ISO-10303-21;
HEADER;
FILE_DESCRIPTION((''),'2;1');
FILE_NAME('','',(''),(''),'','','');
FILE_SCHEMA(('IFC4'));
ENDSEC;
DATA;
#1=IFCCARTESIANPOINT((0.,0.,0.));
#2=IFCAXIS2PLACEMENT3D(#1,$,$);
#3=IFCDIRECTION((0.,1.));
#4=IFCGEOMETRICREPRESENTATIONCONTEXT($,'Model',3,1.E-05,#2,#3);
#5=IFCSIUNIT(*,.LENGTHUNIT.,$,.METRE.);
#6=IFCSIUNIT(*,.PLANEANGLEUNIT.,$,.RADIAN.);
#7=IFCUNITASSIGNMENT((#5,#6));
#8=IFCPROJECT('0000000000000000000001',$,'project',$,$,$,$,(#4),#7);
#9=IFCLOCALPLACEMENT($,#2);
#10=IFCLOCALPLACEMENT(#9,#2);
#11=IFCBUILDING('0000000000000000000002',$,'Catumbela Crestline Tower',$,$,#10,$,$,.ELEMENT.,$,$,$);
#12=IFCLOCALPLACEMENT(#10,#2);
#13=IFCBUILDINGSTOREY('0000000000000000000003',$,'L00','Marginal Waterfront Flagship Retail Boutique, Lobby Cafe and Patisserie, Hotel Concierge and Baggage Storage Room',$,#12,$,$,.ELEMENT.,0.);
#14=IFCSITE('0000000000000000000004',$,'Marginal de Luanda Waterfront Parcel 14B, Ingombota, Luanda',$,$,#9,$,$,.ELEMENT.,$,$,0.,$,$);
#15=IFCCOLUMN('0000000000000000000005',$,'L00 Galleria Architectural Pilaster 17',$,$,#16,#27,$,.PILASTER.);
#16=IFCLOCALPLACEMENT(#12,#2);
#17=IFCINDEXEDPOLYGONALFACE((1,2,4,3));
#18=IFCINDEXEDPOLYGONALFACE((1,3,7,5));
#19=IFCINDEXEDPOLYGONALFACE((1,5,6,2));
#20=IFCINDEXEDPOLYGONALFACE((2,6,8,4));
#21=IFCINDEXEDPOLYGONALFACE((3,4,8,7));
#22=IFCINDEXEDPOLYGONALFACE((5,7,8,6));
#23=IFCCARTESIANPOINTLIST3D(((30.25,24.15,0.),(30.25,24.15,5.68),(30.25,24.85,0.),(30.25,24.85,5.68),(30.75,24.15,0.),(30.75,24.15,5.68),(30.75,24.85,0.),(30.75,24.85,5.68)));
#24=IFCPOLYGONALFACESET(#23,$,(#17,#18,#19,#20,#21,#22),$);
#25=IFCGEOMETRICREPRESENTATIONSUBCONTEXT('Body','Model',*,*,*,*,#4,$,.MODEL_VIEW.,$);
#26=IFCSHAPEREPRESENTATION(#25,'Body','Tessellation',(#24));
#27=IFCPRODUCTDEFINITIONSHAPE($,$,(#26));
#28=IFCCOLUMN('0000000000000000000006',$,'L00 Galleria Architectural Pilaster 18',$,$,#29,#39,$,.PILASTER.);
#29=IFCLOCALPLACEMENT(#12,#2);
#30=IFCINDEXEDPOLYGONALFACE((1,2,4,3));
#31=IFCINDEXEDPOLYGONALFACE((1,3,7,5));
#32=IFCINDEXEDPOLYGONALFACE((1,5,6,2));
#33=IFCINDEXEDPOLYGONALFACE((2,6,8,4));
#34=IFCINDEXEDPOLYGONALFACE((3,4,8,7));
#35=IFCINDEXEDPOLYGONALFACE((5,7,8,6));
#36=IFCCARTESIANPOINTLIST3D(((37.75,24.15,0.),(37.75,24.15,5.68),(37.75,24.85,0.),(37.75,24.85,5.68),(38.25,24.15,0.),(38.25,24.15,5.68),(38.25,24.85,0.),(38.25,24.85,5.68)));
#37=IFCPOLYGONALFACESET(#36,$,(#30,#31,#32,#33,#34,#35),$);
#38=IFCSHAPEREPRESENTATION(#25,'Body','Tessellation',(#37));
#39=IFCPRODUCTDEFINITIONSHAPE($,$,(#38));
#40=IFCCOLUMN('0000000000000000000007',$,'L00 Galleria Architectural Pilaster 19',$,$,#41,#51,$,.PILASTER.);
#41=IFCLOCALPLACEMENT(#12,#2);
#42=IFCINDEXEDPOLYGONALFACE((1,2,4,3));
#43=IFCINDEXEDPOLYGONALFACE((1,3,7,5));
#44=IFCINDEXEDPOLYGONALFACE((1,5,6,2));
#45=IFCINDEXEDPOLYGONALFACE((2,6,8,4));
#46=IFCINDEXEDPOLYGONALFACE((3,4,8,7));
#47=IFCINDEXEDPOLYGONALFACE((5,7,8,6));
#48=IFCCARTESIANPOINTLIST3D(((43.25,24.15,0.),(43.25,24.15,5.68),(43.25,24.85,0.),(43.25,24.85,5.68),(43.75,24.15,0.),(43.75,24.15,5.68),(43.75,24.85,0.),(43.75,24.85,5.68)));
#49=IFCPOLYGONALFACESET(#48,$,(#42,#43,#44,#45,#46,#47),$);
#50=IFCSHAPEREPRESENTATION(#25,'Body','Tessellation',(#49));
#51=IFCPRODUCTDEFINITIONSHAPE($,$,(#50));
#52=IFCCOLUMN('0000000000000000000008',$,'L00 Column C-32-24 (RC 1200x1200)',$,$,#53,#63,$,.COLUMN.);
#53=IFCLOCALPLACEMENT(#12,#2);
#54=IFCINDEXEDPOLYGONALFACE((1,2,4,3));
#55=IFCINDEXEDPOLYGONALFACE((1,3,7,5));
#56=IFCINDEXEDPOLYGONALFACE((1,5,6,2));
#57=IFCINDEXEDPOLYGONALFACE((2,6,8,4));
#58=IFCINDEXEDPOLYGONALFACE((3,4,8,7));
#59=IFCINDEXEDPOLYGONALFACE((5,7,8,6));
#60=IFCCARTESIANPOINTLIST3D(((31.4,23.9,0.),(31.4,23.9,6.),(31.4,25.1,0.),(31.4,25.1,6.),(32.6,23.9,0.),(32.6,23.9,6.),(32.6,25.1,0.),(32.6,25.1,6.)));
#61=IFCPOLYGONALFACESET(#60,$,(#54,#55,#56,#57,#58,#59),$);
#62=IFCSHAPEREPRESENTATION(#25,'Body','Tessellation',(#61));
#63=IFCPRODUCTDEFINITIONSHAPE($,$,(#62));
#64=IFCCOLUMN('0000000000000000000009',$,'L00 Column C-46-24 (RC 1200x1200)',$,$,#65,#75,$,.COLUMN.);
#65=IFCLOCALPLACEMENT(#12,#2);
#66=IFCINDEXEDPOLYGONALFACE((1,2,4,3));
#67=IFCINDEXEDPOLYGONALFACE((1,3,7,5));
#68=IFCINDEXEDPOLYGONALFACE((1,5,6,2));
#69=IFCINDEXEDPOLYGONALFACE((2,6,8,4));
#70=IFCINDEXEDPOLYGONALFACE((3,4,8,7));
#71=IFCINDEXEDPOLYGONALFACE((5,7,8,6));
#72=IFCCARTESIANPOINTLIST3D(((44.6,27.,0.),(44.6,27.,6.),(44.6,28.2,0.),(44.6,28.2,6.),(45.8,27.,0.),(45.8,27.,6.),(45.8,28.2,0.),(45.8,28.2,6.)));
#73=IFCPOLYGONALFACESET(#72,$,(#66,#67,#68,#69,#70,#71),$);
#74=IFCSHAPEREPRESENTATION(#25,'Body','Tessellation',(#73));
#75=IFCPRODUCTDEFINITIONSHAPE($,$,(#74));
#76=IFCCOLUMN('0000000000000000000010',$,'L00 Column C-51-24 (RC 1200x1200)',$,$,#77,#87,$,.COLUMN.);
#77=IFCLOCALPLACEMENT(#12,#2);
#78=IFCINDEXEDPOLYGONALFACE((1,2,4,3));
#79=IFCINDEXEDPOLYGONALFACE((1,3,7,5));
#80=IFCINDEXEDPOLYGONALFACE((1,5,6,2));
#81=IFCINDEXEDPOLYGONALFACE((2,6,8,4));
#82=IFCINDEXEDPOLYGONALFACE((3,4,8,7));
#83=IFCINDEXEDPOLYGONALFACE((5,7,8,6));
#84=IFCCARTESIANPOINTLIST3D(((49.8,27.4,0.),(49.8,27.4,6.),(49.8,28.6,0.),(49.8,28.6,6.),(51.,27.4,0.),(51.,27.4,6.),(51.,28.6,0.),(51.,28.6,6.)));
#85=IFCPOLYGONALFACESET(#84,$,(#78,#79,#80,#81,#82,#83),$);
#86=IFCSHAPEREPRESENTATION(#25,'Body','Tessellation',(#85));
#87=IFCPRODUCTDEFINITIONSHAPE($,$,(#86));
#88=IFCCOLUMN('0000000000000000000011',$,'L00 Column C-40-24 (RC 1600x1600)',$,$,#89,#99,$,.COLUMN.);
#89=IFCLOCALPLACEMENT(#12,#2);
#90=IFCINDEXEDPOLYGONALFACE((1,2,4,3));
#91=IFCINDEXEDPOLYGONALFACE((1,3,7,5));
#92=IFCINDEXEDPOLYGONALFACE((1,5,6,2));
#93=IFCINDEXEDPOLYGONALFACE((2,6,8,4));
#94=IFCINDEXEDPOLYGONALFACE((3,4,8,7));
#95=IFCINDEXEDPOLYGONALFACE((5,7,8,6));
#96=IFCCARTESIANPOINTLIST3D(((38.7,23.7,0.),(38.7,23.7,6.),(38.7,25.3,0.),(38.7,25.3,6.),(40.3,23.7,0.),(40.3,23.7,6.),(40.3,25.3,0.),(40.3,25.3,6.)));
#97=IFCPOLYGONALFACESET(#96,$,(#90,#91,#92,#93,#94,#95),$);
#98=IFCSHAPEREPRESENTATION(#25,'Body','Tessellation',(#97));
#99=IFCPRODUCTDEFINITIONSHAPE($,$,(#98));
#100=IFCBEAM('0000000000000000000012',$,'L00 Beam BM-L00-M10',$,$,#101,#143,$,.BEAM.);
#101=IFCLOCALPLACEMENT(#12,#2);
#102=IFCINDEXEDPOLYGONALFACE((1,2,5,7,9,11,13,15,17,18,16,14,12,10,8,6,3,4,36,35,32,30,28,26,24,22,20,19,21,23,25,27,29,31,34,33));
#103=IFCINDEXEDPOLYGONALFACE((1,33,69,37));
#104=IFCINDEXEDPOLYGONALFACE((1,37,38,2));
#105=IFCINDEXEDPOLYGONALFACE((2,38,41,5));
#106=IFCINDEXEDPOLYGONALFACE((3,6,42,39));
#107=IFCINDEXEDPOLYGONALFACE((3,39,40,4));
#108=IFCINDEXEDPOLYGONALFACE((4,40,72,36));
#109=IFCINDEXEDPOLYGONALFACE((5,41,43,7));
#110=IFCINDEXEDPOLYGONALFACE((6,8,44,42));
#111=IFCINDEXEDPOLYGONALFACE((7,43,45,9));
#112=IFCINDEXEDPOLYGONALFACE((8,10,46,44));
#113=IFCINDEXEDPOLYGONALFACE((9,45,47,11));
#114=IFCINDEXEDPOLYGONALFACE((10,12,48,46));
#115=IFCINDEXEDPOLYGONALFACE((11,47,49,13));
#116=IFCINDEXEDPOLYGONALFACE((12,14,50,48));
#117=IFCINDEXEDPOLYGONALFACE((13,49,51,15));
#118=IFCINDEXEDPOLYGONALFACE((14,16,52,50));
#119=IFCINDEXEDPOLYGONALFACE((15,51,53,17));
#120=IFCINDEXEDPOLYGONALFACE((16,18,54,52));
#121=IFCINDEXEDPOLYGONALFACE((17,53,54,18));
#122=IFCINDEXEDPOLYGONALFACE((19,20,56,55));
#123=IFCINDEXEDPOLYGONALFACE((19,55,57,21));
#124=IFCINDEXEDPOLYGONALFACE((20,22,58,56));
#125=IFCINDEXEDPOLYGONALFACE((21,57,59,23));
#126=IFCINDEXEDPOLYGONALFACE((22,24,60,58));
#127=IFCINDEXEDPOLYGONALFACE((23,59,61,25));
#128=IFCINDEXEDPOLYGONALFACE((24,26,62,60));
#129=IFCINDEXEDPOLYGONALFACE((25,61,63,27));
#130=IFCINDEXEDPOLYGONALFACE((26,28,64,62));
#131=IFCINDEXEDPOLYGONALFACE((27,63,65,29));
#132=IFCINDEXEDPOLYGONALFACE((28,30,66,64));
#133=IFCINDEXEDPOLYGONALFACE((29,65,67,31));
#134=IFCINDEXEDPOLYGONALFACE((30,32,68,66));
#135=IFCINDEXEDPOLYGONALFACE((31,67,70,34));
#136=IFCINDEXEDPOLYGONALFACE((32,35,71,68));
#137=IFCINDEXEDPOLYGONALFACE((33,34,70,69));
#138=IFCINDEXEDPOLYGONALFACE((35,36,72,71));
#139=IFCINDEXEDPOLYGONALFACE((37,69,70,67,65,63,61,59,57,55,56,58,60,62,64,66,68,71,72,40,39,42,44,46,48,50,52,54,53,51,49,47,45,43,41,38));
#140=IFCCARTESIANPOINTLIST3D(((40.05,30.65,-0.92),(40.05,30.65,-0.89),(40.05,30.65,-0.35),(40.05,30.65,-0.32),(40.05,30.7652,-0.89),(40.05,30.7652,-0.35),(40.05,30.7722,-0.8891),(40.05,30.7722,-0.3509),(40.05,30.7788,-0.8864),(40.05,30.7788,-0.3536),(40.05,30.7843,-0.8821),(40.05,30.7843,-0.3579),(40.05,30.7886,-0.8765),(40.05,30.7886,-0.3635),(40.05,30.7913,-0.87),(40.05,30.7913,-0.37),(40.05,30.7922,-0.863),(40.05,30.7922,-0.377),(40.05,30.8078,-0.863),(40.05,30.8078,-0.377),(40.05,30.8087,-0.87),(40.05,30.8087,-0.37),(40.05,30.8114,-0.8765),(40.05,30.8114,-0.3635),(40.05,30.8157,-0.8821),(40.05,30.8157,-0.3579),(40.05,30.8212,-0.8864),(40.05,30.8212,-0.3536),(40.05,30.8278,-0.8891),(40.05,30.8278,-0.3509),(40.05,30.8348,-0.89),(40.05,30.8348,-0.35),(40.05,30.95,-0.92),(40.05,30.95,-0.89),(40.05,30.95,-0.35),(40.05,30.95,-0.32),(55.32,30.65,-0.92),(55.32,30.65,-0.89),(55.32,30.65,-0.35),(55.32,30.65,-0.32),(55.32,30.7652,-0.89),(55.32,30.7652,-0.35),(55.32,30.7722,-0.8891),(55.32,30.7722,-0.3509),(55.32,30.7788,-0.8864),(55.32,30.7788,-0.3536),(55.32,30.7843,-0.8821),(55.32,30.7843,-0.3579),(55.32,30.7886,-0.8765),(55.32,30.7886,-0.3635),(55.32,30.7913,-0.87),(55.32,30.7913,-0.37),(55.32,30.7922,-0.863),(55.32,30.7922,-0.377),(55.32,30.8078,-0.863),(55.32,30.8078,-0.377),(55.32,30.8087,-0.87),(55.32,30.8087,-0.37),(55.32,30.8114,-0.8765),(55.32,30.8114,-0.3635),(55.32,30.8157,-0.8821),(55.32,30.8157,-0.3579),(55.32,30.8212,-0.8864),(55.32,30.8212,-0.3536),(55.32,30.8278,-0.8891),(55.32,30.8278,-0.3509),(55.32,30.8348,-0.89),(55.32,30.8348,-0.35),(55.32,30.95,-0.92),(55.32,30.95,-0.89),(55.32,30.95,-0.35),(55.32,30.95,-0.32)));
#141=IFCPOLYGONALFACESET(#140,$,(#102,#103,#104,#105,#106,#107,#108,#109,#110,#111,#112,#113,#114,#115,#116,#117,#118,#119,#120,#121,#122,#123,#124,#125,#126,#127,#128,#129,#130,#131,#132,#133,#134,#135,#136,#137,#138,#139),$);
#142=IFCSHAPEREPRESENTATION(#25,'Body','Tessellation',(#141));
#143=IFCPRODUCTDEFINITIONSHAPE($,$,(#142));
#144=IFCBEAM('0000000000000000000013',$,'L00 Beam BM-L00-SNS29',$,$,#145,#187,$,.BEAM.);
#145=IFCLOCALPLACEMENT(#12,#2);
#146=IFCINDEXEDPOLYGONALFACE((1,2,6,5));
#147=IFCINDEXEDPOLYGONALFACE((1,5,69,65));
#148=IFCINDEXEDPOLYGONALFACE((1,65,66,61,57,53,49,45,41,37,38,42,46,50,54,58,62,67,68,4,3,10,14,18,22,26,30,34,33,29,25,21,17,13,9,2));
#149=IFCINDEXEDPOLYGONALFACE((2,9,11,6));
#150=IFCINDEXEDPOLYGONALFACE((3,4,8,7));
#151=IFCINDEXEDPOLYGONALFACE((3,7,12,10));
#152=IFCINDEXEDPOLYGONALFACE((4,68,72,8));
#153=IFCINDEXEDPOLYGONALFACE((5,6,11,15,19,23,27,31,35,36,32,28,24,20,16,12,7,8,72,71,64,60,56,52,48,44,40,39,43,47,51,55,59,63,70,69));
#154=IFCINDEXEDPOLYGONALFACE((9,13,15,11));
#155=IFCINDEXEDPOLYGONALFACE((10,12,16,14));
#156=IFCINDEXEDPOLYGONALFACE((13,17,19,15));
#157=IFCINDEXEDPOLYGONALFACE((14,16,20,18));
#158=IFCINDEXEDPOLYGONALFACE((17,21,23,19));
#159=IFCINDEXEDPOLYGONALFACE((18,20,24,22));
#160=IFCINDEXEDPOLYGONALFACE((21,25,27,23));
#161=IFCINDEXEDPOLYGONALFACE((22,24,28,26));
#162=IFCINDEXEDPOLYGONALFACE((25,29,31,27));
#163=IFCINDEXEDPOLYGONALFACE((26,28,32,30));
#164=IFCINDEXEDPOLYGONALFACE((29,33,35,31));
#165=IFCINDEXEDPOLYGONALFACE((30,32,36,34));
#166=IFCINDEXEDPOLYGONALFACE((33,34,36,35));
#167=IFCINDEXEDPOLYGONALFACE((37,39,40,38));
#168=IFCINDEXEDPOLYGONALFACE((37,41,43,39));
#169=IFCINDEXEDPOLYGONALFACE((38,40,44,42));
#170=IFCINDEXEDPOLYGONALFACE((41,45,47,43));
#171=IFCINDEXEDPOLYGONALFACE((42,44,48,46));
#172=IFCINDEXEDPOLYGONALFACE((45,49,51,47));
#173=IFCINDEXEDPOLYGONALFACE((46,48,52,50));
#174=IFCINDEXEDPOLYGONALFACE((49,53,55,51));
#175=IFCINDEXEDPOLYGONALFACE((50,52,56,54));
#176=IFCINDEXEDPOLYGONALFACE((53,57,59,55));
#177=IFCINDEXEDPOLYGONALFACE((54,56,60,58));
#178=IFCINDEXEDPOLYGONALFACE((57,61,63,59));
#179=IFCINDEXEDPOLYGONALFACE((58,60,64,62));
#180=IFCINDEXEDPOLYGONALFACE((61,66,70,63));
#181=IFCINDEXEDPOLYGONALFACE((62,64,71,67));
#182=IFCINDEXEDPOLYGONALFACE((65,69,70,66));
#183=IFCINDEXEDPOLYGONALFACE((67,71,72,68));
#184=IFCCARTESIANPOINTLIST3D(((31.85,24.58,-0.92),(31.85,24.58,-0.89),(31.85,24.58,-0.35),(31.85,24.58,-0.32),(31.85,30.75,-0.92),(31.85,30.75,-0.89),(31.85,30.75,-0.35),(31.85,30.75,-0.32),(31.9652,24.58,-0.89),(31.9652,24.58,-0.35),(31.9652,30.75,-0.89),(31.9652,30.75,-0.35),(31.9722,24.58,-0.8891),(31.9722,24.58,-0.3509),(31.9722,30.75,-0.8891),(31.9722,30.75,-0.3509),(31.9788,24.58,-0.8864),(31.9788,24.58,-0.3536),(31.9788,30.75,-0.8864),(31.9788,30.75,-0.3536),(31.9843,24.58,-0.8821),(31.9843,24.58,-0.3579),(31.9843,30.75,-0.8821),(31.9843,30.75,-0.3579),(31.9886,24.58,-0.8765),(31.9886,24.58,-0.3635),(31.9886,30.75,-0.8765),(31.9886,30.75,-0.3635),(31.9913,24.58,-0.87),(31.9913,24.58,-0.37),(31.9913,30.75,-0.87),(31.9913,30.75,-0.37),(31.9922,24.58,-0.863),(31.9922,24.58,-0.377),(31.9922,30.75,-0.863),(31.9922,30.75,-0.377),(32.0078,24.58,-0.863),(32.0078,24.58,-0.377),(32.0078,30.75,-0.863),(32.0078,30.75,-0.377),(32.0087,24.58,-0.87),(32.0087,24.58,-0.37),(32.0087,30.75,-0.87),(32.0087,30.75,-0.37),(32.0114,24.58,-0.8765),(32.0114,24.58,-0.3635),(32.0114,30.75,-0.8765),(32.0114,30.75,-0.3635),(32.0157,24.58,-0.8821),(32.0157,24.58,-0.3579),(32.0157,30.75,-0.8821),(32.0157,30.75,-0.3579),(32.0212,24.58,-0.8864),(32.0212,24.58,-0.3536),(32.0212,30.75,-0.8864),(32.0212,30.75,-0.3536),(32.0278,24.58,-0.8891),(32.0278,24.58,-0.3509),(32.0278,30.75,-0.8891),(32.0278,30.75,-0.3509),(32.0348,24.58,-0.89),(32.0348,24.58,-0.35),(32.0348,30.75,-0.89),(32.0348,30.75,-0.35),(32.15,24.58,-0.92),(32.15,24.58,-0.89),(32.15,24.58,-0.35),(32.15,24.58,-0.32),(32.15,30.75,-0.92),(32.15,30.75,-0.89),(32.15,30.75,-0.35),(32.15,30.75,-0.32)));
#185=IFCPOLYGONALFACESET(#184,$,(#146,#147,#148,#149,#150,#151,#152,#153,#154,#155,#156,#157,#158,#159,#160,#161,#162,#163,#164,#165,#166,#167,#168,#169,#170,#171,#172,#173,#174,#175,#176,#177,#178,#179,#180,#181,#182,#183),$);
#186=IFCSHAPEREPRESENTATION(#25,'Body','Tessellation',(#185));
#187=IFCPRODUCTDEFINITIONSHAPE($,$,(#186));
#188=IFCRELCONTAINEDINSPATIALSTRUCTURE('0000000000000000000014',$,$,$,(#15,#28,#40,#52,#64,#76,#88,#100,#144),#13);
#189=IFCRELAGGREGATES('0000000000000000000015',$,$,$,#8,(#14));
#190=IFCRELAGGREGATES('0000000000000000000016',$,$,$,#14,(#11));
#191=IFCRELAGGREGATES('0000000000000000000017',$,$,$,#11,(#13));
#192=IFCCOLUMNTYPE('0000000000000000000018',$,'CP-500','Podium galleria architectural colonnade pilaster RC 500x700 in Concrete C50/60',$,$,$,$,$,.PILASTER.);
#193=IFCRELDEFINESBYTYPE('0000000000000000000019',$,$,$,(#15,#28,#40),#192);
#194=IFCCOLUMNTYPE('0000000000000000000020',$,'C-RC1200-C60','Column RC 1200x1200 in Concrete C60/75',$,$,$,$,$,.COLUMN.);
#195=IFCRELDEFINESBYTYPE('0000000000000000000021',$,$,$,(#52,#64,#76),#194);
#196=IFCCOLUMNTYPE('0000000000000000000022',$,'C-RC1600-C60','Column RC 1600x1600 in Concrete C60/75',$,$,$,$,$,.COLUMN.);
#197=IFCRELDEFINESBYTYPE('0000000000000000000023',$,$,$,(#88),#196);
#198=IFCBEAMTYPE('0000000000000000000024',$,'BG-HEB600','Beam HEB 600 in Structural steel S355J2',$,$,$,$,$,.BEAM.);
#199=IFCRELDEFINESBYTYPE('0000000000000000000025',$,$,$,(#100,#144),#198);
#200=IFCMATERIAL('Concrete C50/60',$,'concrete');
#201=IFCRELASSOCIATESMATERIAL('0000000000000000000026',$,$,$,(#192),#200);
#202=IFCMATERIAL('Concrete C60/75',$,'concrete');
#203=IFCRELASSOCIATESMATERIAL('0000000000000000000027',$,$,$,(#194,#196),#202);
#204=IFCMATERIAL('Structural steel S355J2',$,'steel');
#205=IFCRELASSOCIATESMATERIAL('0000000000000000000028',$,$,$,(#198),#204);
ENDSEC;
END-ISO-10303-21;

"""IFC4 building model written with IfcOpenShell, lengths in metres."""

from ifc_helpers import new_model, si_unit, direction, frame, origin, origin_2d, place, context, subcontext, project, spatial, rectangle, i_section, extrude, material, material_profile, profile_set, type_object, element, save


model = new_model("IFC4")

# Units and contexts
model_context = context("Model", 3, precision=1e-05, world=origin(), true_north=direction((0.0, 1.0)))
body_context = subcontext(model_context, "Body", "Model", "MODEL_VIEW")
ifc_project = project(units=[si_unit("LENGTHUNIT", "METRE"), si_unit("PLANEANGLEUNIT", "RADIAN")], contexts=[model_context])

# Site, building, storey
site_placement = place(None, origin())
site = spatial("IfcSite", under=ifc_project, at=site_placement, Name="Marginal de Luanda Waterfront Parcel 14B, Ingombota, Luanda", CompositionType="ELEMENT", RefElevation=0.0)
building_placement = place(site_placement, origin())
building = spatial("IfcBuilding", under=site, at=building_placement, Name="Catumbela Crestline Tower", CompositionType="ELEMENT")
storey_placement = place(building_placement, origin())
storey = spatial("IfcBuildingStorey", under=building, at=storey_placement, Name="L00", Description="Marginal Waterfront Flagship Retail Boutique, Lobby Cafe and Patisserie, Hotel Concierge and Baggage Storage Room", CompositionType="ELEMENT", Elevation=0.0)

# Columns
ifc_material_1 = material(Name="Concrete C50/60", Category="concrete")
ifc_material_profile_1 = material_profile(ifc_material_1, rectangle(XDim=0.5, YDim=0.7, at=origin_2d()), Name="RC 500x700")
ifc_profile_set_1 = profile_set([ifc_material_profile_1], Name="Concrete C50/60")
column_type_1 = type_object("IfcColumnType", Name="CP-500", Description="Podium galleria architectural colonnade pilaster RC 500x700 in Concrete C50/60", PredefinedType="PILASTER", material=ifc_profile_set_1)
for number, where, z_axis, x_axis, name in (
    (1, (30.5, 24.5, 0.0), (0.0, 0.0, 1.0), (1.0, 0.0, 0.0), "L00 Galleria Architectural Pilaster 17"),
    (2, (38.0, 24.5, 0.0), (0.0, 0.0, 1.0), (1.0, 0.0, 0.0), "L00 Galleria Architectural Pilaster 18"),
    (3, (43.5, 24.5, 0.0), (0.0, 0.0, 1.0), (1.0, 0.0, 0.0), "L00 Galleria Architectural Pilaster 19"),
):
    element("IfcColumn", number, at=place(storey_placement, frame(where, z_axis=z_axis, x_axis=x_axis)), inside=storey, type_object=column_type_1, Name=name, PredefinedType="PILASTER", context=body_context, shape_type="SweptSolid", body=[
        extrude(rectangle(XDim=0.5, YDim=0.7, at=origin_2d()), origin(), (0.0, 0.0, 1.0), 5.68),
    ])
ifc_material_2 = material(Name="Concrete C60/75", Category="concrete")
ifc_material_profile_2 = material_profile(ifc_material_2, rectangle(XDim=1.2, YDim=1.2, at=origin_2d()), Name="RC 1200x1200")
ifc_profile_set_2 = profile_set([ifc_material_profile_2], Name="Concrete C60/75")
column_type_2 = type_object("IfcColumnType", Name="C-RC1200-C60", Description="Column RC 1200x1200 in Concrete C60/75", PredefinedType="COLUMN", material=ifc_profile_set_2)
for number, where, z_axis, x_axis, name in (
    (4, (32.0, 24.5, 0.0), (0.0, 0.0, 1.0), (1.0, 0.0, 0.0), "L00 Column C-32-24 (RC 1200x1200)"),
    (5, (45.2, 27.6, 0.0), (0.0, 0.0, 1.0), (1.0, 0.0, 0.0), "L00 Column C-46-24 (RC 1200x1200)"),
    (6, (50.4, 28.0, 0.0), (0.0, 0.0, 1.0), (1.0, 0.0, 0.0), "L00 Column C-51-24 (RC 1200x1200)"),
):
    element("IfcColumn", number, at=place(storey_placement, frame(where, z_axis=z_axis, x_axis=x_axis)), inside=storey, type_object=column_type_2, Name=name, PredefinedType="COLUMN", context=body_context, shape_type="SweptSolid", body=[
        extrude(rectangle(XDim=1.2, YDim=1.2, at=origin_2d()), origin(), (0.0, 0.0, 1.0), 6.0),
    ])
ifc_material_profile_3 = material_profile(ifc_material_2, rectangle(XDim=1.6, YDim=1.6, at=origin_2d()), Name="RC 1600x1600")
ifc_profile_set_3 = profile_set([ifc_material_profile_3], Name="Concrete C60/75")
column_type_3 = type_object("IfcColumnType", Name="C-RC1600-C60", Description="Column RC 1600x1600 in Concrete C60/75", PredefinedType="COLUMN", material=ifc_profile_set_3)
column_placement = place(storey_placement, frame((39.5, 24.5, 0.0), z_axis=(0.0, 0.0, 1.0), x_axis=(1.0, 0.0, 0.0)))
element("IfcColumn", 7, at=column_placement, inside=storey, type_object=column_type_3, Name="L00 Column C-40-24 (RC 1600x1600)", PredefinedType="COLUMN", context=body_context, shape_type="SweptSolid", body=[
    extrude(rectangle(XDim=1.6, YDim=1.6, at=origin_2d()), origin(), (0.0, 0.0, 1.0), 6.0),
])

# Beams
ifc_material_3 = material(Name="Structural steel S355J2", Category="steel")
ifc_material_profile_4 = material_profile(ifc_material_3, i_section(OverallWidth=0.3, OverallDepth=0.6, WebThickness=0.0155, FlangeThickness=0.03, FilletRadius=0.027, at=origin_2d()), Name="HEB 600")
ifc_profile_set_4 = profile_set([ifc_material_profile_4], Name="Structural steel S355J2")
beam_type_1 = type_object("IfcBeamType", Name="BG-HEB600", Description="Beam HEB 600 in Structural steel S355J2", PredefinedType="BEAM", material=ifc_profile_set_4)
beam_1_placement = place(storey_placement, frame((40.05, 30.8, -0.62), z_axis=(1.0, 0.0, 0.0), x_axis=(0.0, 1.0, 0.0)))
element("IfcBeam", 8, at=beam_1_placement, inside=storey, type_object=beam_type_1, Name="L00 Beam BM-L00-M10", PredefinedType="BEAM", context=body_context, shape_type="SweptSolid", body=[
    extrude(i_section(OverallWidth=0.3, OverallDepth=0.6, WebThickness=0.0155, FlangeThickness=0.03, FilletRadius=0.027, at=origin_2d()), origin(), (0.0, 0.0, 1.0), 15.27),
])
for number, where, z_axis, x_axis, name in (
    (9, (32.0, 24.58, -0.62), (0.0, 1.0, 0.0), (-1.0, 0.0, 0.0), "L00 Beam BM-L00-SNS29"),
):
    element("IfcBeam", number, at=place(storey_placement, frame(where, z_axis=z_axis, x_axis=x_axis)), inside=storey, type_object=beam_type_1, Name=name, PredefinedType="BEAM", context=body_context, shape_type="SweptSolid", body=[
        extrude(i_section(OverallWidth=0.3, OverallDepth=0.6, WebThickness=0.0155, FlangeThickness=0.03, FilletRadius=0.027, at=origin_2d()), origin(), (0.0, 0.0, 1.0), 6.17),
    ])

save(model, "model.ifc")
